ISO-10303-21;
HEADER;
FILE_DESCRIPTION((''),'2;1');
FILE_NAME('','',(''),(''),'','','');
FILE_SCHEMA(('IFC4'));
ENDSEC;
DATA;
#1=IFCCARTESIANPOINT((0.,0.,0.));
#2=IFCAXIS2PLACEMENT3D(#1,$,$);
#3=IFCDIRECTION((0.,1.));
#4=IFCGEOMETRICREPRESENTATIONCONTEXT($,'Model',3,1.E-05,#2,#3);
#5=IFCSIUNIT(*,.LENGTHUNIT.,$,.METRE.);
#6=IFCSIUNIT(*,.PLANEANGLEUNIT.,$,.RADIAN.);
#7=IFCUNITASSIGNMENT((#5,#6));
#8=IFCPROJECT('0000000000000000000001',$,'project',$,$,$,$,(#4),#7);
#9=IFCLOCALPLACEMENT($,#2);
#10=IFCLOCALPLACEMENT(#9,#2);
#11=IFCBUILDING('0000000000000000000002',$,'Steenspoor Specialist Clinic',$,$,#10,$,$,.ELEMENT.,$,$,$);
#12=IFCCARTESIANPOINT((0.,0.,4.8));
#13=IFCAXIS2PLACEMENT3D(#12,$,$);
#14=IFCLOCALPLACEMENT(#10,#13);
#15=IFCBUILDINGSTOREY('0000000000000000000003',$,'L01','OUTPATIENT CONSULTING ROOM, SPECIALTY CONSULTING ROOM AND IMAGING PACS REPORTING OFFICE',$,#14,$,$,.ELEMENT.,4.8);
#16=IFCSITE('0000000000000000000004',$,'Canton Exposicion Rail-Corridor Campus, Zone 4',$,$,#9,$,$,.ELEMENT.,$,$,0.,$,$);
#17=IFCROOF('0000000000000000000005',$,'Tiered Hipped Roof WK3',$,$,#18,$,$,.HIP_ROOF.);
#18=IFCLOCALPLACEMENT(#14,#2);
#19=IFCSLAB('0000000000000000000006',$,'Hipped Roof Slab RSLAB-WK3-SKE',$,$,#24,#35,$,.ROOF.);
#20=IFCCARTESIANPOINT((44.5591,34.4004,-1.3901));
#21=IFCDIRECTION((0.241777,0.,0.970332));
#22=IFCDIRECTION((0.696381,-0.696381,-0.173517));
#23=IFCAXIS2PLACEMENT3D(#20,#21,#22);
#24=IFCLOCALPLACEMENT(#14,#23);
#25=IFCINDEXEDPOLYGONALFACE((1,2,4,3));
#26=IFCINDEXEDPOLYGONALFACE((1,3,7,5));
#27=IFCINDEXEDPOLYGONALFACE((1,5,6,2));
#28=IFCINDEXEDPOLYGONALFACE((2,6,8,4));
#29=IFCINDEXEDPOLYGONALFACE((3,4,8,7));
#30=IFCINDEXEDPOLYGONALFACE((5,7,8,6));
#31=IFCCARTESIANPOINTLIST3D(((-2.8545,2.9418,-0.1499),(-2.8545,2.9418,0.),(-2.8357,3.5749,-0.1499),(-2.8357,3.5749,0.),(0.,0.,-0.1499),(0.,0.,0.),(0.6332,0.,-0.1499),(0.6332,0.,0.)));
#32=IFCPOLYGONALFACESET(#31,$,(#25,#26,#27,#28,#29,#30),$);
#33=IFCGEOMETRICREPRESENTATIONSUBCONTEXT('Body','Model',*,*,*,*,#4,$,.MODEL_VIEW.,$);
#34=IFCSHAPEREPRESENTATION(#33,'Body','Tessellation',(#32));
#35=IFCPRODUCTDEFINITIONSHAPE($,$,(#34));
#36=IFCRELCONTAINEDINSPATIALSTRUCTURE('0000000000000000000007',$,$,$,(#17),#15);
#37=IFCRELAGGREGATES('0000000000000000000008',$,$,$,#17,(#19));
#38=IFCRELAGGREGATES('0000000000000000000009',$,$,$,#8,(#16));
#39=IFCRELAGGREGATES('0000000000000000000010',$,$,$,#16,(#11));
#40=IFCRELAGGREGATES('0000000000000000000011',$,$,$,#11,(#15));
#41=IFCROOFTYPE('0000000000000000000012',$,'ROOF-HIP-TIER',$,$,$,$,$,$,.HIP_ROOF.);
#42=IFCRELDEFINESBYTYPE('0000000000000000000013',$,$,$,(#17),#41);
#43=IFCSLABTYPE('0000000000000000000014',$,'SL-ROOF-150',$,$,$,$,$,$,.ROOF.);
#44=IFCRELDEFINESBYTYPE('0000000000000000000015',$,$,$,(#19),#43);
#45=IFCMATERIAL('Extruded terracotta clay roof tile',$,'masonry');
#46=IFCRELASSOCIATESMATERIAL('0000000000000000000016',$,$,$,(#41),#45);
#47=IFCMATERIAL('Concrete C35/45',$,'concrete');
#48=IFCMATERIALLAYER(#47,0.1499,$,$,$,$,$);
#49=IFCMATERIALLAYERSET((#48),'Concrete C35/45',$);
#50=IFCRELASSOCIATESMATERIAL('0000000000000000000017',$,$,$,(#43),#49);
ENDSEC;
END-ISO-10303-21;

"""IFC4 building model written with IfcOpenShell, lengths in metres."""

from ifc_helpers import new_model, si_unit, direction, frame, origin, place, context, subcontext, project, spatial, polyline, outline, extrude, material, layer, layer_set, type_object, element, aggregate, save


model = new_model("IFC4")

# Units and contexts
model_context = context("Model", 3, precision=1e-05, world=origin(), true_north=direction((0.0, 1.0)))
body_context = subcontext(model_context, "Body", "Model", "MODEL_VIEW")
ifc_project = project(units=[si_unit("LENGTHUNIT", "METRE"), si_unit("PLANEANGLEUNIT", "RADIAN")], contexts=[model_context])

# Site, building, storey
site_placement = place(None, origin())
site = spatial("IfcSite", under=ifc_project, at=site_placement, Name="Canton Exposicion Rail-Corridor Campus, Zone 4", CompositionType="ELEMENT", RefElevation=0.0)
building_placement = place(site_placement, origin())
building = spatial("IfcBuilding", under=site, at=building_placement, Name="Steenspoor Specialist Clinic", CompositionType="ELEMENT")
storey_placement = place(building_placement, frame((0.0, 0.0, 4.8)))
storey = spatial("IfcBuildingStorey", under=building, at=storey_placement, Name="L01", Description="OUTPATIENT CONSULTING ROOM, SPECIALTY CONSULTING ROOM AND IMAGING PACS REPORTING OFFICE", CompositionType="ELEMENT", Elevation=4.8)

# Roof, slab
ifc_material_1 = material(Name="Extruded terracotta clay roof tile", Category="masonry")
roof_type = type_object("IfcRoofType", Name="ROOF-HIP-TIER", PredefinedType="HIP_ROOF", material=ifc_material_1)
roof_placement = place(storey_placement, origin())
roof = element("IfcRoof", 1, at=roof_placement, inside=storey, type_object=roof_type, Name="Tiered Hipped Roof WK3", PredefinedType="HIP_ROOF")
ifc_material_2 = material(Name="Concrete C35/45", Category="concrete")
ifc_layer_1 = layer(ifc_material_2, 0.1499)
ifc_layer_set_1 = layer_set([ifc_layer_1], Name="Concrete C35/45")
slab_type = type_object("IfcSlabType", Name="SL-ROOF-150", PredefinedType="ROOF", material=ifc_layer_set_1)
slab_1_placement = place(storey_placement, frame((44.5591, 34.4004, -1.3901), z_axis=(0.241777, 0.0, 0.970332), x_axis=(0.696381, -0.696381, -0.173517)))
slab_1 = element("IfcSlab", 2, at=slab_1_placement, type_object=slab_type, Name="Hipped Roof Slab RSLAB-WK3-SKE", PredefinedType="ROOF", context=body_context, shape_type="SweptSolid", body=[
    extrude(outline(polyline([(0.0, 0.0), (0.6332, 0.0), (-2.8357, 3.5749), (-2.8545, 2.9418), (0.0, 0.0)])), origin(), (0.0, 0.0, -1.0), 0.1499),
])
aggregate(roof, [slab_1])

save(model, "model.ifc")
